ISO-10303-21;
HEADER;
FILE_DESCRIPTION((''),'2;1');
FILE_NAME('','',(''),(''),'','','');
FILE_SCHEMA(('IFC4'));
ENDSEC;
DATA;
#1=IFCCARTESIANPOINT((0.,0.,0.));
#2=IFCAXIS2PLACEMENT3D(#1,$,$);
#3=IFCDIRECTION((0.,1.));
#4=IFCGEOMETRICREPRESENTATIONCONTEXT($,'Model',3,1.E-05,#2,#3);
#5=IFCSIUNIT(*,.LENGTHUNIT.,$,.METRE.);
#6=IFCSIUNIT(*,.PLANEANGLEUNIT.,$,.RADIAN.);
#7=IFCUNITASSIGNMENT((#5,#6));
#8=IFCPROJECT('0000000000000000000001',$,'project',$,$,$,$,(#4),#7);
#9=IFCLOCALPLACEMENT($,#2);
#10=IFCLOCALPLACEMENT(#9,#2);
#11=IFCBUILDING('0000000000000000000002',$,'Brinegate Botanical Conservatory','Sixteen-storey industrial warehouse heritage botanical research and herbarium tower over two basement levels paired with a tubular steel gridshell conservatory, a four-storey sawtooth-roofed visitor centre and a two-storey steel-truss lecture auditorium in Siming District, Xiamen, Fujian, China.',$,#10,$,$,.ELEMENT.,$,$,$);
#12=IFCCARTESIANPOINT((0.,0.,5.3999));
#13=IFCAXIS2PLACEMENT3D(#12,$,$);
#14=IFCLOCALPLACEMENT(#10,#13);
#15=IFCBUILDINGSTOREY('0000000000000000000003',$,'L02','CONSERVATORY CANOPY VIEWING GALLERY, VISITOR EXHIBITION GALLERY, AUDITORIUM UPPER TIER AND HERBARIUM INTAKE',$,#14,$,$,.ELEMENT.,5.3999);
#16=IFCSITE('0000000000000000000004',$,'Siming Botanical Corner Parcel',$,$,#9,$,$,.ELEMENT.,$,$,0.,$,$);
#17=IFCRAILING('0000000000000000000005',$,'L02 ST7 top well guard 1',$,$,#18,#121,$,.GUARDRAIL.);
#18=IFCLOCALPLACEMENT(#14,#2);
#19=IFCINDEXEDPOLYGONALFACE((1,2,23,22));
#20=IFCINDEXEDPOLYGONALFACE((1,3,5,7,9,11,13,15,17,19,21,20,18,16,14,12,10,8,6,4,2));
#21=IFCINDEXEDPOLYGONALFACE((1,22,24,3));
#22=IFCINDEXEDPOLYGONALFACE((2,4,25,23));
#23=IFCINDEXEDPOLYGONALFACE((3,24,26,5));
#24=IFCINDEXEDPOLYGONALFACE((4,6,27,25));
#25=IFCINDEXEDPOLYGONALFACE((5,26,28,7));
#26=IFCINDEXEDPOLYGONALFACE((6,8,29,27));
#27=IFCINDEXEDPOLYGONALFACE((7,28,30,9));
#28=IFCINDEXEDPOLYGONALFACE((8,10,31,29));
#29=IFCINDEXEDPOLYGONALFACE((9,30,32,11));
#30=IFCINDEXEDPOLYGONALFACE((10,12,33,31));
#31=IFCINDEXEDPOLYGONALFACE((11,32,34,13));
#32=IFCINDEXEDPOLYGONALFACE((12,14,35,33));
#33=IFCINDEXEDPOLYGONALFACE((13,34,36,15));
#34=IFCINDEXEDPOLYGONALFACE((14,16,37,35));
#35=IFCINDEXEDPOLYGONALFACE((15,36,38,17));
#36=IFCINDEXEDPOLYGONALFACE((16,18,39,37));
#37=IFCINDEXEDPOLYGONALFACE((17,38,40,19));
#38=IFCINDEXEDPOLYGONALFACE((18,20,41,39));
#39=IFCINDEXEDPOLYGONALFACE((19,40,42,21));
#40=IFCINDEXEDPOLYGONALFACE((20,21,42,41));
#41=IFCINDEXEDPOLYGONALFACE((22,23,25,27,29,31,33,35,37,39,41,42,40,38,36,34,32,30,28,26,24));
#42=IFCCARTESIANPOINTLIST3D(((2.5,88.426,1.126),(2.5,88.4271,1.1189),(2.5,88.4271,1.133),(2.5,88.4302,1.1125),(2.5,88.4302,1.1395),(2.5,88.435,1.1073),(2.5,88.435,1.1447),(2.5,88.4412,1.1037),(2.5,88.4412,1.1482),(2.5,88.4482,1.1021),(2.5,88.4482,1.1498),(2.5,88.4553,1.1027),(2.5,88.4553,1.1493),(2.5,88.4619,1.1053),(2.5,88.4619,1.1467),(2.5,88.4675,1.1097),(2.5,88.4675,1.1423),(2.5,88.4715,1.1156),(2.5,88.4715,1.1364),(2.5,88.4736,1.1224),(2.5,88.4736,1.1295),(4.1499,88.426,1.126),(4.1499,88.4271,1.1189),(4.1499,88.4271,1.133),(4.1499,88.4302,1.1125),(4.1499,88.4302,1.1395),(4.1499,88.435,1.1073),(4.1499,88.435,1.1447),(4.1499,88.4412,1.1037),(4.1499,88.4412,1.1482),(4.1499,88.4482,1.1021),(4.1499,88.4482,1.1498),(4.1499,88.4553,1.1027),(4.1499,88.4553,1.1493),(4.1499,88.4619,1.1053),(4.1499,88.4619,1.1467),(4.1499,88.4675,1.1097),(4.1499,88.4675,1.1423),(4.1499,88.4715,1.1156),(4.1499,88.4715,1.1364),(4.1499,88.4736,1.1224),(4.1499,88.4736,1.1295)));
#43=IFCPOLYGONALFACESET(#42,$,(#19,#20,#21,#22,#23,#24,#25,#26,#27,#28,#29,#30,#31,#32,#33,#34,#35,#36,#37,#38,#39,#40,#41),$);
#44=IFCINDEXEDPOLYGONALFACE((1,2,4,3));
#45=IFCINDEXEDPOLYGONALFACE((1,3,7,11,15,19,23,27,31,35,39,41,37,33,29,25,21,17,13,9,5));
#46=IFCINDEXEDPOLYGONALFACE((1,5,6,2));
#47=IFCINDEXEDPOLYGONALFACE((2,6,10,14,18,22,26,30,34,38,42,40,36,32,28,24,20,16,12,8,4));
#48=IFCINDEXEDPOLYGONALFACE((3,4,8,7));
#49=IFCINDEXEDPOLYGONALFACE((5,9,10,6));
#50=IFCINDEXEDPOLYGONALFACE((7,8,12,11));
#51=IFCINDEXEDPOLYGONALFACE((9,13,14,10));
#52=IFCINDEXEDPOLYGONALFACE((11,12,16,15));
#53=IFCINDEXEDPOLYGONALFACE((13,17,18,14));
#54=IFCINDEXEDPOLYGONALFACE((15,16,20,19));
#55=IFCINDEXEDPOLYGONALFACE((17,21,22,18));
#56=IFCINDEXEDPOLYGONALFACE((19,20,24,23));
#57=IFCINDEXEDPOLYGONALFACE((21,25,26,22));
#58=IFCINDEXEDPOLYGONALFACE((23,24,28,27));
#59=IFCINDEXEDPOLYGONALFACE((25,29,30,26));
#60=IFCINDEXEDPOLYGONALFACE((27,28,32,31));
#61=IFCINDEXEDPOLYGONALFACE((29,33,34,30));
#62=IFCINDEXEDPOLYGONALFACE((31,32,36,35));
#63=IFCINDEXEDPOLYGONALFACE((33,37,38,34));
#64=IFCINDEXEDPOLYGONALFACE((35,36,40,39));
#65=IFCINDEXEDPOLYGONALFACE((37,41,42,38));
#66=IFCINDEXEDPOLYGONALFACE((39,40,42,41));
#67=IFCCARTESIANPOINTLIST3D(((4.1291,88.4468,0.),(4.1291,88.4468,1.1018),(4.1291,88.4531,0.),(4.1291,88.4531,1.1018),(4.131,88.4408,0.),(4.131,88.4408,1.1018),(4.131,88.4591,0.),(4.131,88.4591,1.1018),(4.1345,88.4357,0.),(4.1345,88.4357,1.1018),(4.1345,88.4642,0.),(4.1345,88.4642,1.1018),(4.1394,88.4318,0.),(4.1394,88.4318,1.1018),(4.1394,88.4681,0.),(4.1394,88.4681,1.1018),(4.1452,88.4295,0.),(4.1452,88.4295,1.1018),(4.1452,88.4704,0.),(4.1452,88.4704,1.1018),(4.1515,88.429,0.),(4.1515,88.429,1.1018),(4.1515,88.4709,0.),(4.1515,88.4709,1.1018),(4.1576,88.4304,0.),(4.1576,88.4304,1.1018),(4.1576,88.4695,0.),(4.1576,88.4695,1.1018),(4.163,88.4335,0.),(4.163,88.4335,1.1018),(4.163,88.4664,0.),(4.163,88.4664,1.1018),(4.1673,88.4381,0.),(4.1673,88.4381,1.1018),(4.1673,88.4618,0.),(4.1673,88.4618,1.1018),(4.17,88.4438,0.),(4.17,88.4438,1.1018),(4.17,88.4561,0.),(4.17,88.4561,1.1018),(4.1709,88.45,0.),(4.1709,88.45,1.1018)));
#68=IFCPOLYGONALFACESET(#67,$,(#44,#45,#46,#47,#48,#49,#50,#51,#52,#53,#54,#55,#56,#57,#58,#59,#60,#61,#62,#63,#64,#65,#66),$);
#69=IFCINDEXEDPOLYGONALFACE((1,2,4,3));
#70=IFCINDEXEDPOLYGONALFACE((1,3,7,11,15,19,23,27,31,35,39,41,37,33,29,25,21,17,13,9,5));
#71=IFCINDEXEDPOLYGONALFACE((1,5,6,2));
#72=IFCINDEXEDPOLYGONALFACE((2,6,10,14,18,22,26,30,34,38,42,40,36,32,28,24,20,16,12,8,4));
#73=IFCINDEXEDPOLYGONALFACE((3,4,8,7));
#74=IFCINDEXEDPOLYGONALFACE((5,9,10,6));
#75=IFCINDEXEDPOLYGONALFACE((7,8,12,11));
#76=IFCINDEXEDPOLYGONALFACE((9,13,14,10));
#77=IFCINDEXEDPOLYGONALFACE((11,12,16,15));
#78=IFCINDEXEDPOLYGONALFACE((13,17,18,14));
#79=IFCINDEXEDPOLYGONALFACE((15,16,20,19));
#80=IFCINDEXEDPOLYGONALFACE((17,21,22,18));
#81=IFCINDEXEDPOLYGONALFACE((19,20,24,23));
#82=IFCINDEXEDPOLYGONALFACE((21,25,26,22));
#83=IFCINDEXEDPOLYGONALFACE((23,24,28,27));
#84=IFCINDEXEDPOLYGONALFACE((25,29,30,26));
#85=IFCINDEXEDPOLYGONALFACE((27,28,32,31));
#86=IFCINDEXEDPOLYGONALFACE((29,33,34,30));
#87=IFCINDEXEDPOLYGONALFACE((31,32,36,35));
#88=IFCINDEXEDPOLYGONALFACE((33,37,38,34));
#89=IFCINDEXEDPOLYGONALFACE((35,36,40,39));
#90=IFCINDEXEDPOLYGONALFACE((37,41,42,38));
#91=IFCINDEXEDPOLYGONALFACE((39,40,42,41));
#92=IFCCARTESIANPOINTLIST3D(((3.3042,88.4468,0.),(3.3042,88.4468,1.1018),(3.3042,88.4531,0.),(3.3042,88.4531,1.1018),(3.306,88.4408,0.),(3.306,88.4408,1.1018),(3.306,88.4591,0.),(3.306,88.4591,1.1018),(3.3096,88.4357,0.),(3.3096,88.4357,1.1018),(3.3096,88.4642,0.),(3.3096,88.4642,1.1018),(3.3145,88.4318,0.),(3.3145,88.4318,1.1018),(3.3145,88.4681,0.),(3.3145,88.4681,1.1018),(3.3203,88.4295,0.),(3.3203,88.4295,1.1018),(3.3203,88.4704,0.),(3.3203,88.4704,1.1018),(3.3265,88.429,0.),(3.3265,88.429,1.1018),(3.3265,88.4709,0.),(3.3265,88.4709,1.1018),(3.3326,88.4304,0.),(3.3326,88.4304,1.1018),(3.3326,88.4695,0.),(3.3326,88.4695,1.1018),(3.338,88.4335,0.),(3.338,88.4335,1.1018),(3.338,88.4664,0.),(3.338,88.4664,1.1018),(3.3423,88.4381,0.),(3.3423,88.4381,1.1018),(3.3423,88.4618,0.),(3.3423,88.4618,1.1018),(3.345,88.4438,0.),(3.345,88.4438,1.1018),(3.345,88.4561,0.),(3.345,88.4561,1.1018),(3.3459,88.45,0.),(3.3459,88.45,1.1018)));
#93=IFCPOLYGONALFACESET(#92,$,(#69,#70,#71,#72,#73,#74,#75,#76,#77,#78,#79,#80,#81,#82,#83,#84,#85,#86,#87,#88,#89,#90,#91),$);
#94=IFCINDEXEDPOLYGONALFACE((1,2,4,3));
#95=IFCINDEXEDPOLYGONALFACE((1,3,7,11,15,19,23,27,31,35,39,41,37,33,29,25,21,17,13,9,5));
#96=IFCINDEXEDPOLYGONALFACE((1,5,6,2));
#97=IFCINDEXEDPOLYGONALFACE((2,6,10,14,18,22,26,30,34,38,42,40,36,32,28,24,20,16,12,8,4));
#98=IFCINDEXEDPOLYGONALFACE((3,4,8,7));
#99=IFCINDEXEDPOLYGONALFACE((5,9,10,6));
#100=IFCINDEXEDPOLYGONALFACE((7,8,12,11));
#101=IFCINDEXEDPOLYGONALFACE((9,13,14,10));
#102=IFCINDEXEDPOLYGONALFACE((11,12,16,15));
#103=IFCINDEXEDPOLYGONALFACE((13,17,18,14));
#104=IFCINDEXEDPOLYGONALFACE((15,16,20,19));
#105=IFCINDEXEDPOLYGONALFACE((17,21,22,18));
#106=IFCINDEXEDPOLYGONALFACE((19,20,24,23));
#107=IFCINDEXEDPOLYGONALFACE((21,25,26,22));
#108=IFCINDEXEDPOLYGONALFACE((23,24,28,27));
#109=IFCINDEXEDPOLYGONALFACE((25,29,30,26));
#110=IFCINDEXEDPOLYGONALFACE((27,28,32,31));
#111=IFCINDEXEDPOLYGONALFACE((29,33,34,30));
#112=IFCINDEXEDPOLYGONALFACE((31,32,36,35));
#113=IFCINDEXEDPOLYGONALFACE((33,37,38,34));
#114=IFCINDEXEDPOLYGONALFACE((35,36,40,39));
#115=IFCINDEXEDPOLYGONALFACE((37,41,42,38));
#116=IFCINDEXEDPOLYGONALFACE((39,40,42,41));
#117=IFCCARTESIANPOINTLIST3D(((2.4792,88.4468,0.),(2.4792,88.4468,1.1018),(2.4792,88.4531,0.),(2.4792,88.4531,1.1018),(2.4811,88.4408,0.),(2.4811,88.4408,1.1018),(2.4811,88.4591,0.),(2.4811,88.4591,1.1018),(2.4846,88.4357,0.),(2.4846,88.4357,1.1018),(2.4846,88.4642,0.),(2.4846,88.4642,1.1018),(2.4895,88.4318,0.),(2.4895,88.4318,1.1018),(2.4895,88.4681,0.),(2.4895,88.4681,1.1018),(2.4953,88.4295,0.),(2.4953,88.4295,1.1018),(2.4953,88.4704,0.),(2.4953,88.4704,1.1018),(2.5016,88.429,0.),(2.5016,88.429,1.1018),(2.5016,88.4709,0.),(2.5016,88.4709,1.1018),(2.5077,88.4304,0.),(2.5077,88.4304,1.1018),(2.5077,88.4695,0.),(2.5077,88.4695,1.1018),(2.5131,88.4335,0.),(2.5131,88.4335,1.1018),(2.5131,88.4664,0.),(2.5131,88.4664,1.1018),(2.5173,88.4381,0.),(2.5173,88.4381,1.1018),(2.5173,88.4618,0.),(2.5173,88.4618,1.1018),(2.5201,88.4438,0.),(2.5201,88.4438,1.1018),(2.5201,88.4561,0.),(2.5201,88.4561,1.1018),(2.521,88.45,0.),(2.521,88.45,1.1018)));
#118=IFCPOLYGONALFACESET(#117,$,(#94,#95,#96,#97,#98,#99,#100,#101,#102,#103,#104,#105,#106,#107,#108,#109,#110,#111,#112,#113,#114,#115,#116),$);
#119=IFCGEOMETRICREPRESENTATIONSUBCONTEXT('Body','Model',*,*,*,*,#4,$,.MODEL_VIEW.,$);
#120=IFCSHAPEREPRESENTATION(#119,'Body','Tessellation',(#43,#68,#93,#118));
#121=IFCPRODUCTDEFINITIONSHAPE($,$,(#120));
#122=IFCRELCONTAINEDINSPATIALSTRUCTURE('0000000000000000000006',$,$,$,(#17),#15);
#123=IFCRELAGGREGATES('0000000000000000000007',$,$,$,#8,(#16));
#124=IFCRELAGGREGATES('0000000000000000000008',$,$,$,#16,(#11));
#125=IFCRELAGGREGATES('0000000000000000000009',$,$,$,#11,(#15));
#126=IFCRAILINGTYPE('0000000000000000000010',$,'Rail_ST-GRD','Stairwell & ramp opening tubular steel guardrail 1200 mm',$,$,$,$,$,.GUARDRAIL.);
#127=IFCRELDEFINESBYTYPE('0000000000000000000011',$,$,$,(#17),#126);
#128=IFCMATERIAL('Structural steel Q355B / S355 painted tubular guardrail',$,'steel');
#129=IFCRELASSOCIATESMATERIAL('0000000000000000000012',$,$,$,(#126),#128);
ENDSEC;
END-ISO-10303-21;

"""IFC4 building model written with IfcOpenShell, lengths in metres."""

from ifc_helpers import new_model, si_unit, direction, frame, origin, origin_2d, place, context, subcontext, project, spatial, circle, extrude, material, type_object, element, save


model = new_model("IFC4")

# Units and contexts
model_context = context("Model", 3, precision=1e-05, world=origin(), true_north=direction((0.0, 1.0)))
body_context = subcontext(model_context, "Body", "Model", "MODEL_VIEW")
ifc_project = project(units=[si_unit("LENGTHUNIT", "METRE"), si_unit("PLANEANGLEUNIT", "RADIAN")], contexts=[model_context])

# Site, building, storey
site_placement = place(None, origin())
site = spatial("IfcSite", under=ifc_project, at=site_placement, Name="Siming Botanical Corner Parcel", CompositionType="ELEMENT", RefElevation=0.0)
building_placement = place(site_placement, origin())
building = spatial("IfcBuilding", under=site, at=building_placement, Name="Brinegate Botanical Conservatory", Description="Sixteen-storey industrial warehouse heritage botanical research and herbarium tower over two basement levels paired with a tubular steel gridshell conservatory, a four-storey sawtooth-roofed visitor centre and a two-storey steel-truss lecture auditorium in Siming District, Xiamen, Fujian, China.", CompositionType="ELEMENT")
storey_placement = place(building_placement, frame((0.0, 0.0, 5.3999)))
storey = spatial("IfcBuildingStorey", under=building, at=storey_placement, Name="L02", Description="CONSERVATORY CANOPY VIEWING GALLERY, VISITOR EXHIBITION GALLERY, AUDITORIUM UPPER TIER AND HERBARIUM INTAKE", CompositionType="ELEMENT", Elevation=5.3999)

# Railing
ifc_material_1 = material(Name="Structural steel Q355B / S355 painted tubular guardrail", Category="steel")
railing_type = type_object("IfcRailingType", Name="Rail_ST-GRD", Description="Stairwell & ramp opening tubular steel guardrail 1200 mm", PredefinedType="GUARDRAIL", material=ifc_material_1)
railing_placement = place(storey_placement, frame((4.1499, 88.45, 0.0)))
element("IfcRailing", 1, at=railing_placement, inside=storey, type_object=railing_type, Name="L02 ST7 top well guard 1", PredefinedType="GUARDRAIL", context=body_context, shape_type="SweptSolid", body=[
    extrude(circle(Radius=0.0239, at=origin_2d()), frame((0.0, 0.0, 1.126), z_axis=(-1.0, 0.0, 0.0), x_axis=(0.0, -1.0, 0.0)), (0.0, 0.0, 1.0), 1.6499),
    extrude(circle(Radius=0.021, at=origin_2d()), origin(), (0.0, 0.0, 1.0), 1.1018),
    extrude(circle(Radius=0.021, at=origin_2d()), frame((-0.825, 0.0, 0.0)), (0.0, 0.0, 1.0), 1.1018),
    extrude(circle(Radius=0.021, at=origin_2d()), frame((-1.6499, 0.0, 0.0)), (0.0, 0.0, 1.0), 1.1018),
])

save(model, "model.ifc")
